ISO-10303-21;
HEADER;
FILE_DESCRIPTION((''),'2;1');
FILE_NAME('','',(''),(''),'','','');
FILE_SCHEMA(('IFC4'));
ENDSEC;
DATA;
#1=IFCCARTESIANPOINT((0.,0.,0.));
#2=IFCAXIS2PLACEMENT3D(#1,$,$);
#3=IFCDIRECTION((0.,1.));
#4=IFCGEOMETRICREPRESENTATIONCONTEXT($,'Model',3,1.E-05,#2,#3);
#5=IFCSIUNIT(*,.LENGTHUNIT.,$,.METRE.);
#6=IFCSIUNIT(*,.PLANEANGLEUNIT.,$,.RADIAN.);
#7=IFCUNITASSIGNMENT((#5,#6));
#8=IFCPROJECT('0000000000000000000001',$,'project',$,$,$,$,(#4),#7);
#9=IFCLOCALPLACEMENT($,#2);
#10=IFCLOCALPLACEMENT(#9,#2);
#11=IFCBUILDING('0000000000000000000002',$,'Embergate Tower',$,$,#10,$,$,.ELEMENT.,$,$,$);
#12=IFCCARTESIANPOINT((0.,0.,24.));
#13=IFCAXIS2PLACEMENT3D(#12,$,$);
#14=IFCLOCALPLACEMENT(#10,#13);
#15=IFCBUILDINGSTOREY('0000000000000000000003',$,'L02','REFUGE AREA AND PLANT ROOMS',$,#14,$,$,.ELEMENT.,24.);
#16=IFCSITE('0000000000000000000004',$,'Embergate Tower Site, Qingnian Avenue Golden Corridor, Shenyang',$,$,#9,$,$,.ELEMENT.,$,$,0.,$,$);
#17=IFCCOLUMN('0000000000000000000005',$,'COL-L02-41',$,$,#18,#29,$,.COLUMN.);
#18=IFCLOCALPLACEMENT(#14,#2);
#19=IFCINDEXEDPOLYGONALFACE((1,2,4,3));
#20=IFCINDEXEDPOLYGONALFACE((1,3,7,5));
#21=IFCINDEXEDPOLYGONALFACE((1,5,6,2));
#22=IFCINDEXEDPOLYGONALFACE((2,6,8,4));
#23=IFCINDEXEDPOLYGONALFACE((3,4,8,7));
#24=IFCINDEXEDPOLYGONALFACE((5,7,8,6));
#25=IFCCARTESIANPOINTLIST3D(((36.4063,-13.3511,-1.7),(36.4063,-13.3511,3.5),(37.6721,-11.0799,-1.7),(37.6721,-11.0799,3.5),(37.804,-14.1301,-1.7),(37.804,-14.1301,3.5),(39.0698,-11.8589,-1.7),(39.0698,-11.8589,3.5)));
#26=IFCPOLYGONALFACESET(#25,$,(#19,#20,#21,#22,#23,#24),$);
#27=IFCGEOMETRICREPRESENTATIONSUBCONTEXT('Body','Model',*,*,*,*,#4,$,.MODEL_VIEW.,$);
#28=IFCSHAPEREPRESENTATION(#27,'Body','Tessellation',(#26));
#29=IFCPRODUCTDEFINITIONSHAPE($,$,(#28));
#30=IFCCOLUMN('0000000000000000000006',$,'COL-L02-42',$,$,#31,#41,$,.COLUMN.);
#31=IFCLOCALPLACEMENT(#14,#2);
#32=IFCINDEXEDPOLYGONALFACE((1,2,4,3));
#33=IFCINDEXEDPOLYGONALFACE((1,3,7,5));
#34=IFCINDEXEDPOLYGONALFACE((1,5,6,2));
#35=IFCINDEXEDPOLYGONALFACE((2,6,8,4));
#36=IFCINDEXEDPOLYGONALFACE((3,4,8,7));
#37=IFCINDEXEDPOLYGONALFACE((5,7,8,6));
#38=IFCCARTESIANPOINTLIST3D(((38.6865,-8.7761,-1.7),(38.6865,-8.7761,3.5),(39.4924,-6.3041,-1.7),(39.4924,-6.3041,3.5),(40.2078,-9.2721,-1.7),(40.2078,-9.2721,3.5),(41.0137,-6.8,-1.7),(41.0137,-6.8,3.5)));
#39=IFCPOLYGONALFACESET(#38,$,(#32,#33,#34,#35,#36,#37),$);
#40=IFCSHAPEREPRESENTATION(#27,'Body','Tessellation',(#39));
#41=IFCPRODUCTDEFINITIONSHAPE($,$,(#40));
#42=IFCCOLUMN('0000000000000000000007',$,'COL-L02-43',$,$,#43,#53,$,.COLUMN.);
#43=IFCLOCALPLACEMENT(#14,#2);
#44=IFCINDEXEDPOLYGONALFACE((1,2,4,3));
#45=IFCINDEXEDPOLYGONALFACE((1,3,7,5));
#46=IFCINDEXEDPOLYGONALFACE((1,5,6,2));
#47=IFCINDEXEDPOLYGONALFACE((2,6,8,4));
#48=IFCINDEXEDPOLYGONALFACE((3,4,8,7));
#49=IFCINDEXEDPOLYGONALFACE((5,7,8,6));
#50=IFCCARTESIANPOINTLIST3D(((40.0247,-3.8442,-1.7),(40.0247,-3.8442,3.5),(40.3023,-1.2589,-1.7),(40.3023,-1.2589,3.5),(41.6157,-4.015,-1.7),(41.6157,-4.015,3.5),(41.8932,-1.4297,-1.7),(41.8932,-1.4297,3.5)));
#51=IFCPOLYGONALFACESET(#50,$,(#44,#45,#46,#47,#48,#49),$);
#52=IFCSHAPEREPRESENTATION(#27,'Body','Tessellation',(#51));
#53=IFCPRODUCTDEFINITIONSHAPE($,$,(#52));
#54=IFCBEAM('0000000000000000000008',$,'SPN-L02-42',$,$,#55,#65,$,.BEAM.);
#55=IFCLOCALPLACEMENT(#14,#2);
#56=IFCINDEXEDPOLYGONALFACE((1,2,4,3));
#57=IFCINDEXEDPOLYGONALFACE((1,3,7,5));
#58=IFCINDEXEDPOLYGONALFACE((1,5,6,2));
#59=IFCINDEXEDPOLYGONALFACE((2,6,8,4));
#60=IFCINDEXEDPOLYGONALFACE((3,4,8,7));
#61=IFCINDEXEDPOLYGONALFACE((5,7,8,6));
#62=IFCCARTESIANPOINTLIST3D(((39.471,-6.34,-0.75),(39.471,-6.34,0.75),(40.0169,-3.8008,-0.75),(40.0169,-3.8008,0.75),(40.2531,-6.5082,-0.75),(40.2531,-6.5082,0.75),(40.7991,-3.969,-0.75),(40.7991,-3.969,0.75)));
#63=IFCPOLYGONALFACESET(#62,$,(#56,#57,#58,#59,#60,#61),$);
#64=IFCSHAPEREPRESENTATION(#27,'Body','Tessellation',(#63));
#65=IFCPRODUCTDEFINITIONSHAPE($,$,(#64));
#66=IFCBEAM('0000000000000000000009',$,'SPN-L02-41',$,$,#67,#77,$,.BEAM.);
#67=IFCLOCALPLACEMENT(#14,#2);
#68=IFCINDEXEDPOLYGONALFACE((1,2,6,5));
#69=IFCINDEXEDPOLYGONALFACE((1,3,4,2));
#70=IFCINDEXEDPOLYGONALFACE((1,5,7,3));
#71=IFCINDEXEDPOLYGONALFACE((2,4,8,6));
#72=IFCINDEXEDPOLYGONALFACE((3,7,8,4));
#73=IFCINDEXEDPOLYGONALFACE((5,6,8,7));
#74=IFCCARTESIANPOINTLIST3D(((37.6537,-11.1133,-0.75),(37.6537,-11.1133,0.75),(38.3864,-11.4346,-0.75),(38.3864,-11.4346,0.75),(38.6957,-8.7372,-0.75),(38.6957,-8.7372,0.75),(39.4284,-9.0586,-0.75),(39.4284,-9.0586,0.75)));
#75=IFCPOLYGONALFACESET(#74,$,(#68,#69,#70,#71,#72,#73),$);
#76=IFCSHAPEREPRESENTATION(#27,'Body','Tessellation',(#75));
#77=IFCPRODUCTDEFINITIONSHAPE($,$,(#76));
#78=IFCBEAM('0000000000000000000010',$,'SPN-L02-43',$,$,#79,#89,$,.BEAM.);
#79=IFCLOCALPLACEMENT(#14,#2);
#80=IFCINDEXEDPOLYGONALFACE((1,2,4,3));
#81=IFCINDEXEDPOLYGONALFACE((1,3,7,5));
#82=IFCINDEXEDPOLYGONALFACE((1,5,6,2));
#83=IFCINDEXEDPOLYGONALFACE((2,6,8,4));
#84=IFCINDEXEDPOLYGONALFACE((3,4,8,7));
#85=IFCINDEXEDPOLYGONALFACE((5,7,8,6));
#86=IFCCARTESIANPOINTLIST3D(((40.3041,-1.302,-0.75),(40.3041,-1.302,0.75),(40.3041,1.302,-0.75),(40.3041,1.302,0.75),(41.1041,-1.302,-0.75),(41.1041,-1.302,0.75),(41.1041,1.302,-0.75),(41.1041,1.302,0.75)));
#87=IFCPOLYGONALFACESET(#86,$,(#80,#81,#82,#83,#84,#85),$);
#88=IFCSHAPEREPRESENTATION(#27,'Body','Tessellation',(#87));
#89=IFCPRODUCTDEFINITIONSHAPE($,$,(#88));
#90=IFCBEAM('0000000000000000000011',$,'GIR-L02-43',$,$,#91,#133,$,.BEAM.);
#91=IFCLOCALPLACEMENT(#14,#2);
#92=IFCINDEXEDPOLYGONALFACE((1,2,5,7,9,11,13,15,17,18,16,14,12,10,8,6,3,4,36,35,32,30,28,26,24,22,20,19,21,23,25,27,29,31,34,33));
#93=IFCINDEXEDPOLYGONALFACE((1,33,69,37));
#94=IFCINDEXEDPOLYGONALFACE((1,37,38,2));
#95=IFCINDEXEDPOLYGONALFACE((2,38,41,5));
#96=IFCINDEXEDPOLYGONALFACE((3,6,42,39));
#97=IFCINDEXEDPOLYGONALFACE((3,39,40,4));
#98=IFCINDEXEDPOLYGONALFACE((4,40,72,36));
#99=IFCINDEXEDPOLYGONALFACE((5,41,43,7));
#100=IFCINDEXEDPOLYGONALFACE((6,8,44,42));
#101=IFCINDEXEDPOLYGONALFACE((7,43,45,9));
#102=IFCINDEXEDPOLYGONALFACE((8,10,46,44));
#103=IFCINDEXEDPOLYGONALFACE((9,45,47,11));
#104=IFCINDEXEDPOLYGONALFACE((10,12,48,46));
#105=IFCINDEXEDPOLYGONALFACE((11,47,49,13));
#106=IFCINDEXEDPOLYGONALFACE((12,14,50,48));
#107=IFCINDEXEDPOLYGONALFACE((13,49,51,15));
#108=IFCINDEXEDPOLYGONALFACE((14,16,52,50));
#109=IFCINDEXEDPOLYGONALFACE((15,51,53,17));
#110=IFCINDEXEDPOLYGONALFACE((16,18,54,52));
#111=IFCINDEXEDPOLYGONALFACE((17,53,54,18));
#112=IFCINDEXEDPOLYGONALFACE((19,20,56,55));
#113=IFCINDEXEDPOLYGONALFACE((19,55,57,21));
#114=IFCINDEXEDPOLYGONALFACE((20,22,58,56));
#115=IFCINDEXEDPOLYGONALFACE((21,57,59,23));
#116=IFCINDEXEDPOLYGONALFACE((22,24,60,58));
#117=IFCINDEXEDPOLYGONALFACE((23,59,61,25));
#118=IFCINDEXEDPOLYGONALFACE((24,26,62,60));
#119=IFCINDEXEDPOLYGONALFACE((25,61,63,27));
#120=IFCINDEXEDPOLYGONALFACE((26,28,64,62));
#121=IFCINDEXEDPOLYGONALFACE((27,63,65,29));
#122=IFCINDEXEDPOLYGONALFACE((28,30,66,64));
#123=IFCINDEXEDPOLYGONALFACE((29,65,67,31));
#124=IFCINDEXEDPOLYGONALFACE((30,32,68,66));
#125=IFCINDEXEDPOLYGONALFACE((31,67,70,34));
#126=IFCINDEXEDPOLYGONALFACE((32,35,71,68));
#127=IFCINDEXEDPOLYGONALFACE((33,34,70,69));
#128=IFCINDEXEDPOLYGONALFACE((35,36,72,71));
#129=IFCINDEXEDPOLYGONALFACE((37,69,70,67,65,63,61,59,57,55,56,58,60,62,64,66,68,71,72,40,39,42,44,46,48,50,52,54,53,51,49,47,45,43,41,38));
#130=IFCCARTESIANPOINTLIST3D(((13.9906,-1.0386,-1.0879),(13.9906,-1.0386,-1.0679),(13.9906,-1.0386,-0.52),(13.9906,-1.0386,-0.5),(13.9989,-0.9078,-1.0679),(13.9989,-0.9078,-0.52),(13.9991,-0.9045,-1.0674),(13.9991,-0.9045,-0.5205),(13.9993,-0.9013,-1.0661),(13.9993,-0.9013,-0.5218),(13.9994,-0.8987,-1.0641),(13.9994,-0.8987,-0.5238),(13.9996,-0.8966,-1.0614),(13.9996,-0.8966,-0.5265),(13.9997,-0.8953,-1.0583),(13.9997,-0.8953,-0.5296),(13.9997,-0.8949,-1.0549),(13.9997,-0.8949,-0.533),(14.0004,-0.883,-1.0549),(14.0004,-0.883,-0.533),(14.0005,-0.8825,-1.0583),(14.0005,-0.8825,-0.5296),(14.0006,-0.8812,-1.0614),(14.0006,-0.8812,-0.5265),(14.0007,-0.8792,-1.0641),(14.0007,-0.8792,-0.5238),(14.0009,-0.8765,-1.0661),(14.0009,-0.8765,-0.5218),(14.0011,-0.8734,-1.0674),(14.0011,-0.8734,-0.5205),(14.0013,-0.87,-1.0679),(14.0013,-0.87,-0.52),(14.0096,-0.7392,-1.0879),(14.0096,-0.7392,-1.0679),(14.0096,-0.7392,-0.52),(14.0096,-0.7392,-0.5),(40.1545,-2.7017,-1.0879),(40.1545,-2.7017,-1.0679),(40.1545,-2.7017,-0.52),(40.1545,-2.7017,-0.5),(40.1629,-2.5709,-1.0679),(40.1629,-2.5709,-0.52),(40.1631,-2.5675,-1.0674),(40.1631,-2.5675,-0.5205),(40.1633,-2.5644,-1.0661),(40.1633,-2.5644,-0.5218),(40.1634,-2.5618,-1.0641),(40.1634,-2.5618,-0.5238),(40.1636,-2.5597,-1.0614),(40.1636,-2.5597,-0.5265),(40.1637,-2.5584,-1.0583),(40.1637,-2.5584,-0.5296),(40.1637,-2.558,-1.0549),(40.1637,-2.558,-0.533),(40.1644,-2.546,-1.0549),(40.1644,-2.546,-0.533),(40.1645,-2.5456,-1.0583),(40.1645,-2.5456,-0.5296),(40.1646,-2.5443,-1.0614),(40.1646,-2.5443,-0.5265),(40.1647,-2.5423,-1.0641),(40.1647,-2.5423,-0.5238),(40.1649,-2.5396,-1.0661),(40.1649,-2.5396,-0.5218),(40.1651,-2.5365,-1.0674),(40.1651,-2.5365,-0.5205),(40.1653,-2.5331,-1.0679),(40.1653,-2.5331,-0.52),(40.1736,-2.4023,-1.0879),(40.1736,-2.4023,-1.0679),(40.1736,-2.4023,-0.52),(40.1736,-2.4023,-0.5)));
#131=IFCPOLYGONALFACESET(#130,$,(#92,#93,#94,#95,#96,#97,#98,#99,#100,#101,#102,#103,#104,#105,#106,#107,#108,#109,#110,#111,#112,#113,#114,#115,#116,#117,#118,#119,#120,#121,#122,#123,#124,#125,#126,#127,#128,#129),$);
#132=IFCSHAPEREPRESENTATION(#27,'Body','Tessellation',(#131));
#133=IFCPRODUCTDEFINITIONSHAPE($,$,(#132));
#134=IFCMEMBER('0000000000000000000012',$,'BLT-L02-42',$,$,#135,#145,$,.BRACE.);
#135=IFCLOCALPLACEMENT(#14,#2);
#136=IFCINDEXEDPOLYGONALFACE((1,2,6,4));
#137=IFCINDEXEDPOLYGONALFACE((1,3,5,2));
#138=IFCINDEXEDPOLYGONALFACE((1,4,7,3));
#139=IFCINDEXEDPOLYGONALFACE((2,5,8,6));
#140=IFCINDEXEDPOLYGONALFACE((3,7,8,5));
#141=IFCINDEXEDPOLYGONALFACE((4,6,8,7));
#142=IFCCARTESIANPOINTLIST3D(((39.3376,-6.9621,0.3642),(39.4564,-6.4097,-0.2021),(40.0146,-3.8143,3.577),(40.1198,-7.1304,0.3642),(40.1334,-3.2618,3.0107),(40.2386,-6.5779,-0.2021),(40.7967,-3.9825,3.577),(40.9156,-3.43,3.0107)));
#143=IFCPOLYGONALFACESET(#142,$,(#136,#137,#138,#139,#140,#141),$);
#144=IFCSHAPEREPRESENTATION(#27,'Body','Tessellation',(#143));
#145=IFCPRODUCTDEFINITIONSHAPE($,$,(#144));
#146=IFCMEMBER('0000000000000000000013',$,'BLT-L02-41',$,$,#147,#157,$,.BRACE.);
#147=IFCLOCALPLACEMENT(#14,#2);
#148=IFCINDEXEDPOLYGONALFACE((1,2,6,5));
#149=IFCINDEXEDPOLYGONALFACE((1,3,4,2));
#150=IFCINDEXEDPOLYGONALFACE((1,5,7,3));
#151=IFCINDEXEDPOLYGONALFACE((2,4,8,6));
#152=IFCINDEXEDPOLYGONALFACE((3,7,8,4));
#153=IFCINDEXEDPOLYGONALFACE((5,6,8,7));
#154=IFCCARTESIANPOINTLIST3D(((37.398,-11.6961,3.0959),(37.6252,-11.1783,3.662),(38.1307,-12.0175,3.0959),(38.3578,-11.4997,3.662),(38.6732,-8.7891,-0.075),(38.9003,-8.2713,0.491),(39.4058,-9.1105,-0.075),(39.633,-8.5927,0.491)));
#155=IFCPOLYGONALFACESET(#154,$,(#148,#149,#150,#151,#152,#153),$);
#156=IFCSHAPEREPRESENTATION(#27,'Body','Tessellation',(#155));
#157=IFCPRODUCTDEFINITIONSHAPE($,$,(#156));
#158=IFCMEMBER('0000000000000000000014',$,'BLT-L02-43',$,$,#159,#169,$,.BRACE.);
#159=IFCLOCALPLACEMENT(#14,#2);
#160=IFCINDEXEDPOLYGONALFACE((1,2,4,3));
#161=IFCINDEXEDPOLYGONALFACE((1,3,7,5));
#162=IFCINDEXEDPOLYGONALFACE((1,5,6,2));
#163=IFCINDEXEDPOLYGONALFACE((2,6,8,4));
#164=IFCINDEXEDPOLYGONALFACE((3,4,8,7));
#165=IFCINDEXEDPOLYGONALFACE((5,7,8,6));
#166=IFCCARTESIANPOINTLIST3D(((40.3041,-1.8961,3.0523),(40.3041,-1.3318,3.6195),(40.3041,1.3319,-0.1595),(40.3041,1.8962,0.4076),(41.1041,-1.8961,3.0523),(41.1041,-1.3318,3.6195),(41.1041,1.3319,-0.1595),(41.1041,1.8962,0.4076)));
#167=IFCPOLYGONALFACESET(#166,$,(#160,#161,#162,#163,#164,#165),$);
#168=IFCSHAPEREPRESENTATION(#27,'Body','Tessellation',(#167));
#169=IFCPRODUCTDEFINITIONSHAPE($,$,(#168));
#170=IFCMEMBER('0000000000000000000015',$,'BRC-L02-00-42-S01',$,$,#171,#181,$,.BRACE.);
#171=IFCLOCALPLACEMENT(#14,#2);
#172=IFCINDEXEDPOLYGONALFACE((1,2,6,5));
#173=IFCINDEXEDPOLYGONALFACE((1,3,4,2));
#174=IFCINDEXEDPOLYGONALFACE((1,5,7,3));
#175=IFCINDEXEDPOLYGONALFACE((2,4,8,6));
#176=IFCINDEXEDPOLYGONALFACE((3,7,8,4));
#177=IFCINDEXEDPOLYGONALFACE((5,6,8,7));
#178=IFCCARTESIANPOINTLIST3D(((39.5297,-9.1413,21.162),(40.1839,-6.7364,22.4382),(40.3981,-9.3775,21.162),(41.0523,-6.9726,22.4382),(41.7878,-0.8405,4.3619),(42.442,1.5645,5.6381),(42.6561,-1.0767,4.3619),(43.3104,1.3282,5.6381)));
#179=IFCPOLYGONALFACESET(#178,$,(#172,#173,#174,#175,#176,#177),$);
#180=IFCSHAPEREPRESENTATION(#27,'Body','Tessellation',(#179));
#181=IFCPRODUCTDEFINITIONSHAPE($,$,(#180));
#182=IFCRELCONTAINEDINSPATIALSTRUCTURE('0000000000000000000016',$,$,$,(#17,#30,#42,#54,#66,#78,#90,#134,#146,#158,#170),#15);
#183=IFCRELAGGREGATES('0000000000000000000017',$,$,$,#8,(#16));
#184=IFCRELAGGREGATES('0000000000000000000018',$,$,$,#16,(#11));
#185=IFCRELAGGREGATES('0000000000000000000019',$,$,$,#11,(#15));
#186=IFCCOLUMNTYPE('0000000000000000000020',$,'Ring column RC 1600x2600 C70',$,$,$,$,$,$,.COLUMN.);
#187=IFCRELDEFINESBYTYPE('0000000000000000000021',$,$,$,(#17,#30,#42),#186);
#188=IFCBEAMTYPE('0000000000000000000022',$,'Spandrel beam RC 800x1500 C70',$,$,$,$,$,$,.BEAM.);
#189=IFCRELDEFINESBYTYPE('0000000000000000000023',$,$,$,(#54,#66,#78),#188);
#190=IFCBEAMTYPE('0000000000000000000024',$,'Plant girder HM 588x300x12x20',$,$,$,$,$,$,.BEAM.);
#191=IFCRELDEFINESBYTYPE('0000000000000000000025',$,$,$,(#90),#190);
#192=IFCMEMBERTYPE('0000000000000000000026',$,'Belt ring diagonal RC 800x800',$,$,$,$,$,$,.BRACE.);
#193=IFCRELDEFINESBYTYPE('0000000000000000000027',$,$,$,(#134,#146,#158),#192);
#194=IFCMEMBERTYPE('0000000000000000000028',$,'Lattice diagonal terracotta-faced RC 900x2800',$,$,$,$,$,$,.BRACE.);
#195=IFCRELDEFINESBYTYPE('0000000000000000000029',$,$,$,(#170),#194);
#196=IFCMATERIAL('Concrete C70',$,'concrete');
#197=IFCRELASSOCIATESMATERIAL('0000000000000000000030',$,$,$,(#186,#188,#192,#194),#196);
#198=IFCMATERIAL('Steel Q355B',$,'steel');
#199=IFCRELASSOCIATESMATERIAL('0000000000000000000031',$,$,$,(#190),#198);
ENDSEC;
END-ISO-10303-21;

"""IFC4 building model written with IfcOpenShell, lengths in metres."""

from ifc_helpers import new_model, si_unit, direction, frame, origin, origin_2d, place, context, subcontext, project, spatial, rectangle, i_section, extrude, source, transform, mapped, material, material_profile, profile_set, type_object, element, save


model = new_model("IFC4")

# Units and contexts
model_context = context("Model", 3, precision=1e-05, world=origin(), true_north=direction((0.0, 1.0)))
body_context = subcontext(model_context, "Body", "Model", "MODEL_VIEW")
ifc_project = project(units=[si_unit("LENGTHUNIT", "METRE"), si_unit("PLANEANGLEUNIT", "RADIAN")], contexts=[model_context])

# Site, building, storey
site_placement = place(None, origin())
site = spatial("IfcSite", under=ifc_project, at=site_placement, Name="Embergate Tower Site, Qingnian Avenue Golden Corridor, Shenyang", CompositionType="ELEMENT", RefElevation=0.0)
building_placement = place(site_placement, origin())
building = spatial("IfcBuilding", under=site, at=building_placement, Name="Embergate Tower", CompositionType="ELEMENT")
storey_placement = place(building_placement, frame((0.0, 0.0, 24.0)))
storey = spatial("IfcBuildingStorey", under=building, at=storey_placement, Name="L02", Description="REFUGE AREA AND PLANT ROOMS", CompositionType="ELEMENT", Elevation=24.0)

# Columns
ifc_material_1 = material(Name="Concrete C70", Category="concrete")
ifc_material_profile_1 = material_profile(ifc_material_1, rectangle(XDim=1.6001, YDim=2.6001, at=origin_2d()), Name="RC 1600x2600")
ifc_profile_set_1 = profile_set([ifc_material_profile_1], Name="Concrete C70")
column_type = type_object("IfcColumnType", Name="Ring column RC 1600x2600 C70", PredefinedType="COLUMN", material=ifc_profile_set_1)
shared_shape_1 = source(origin(), body_context, "Body", "SweptSolid", [
    extrude(rectangle(XDim=1.6001, YDim=2.6001, at=origin_2d()), origin(), (0.0, 0.0, 1.0), 5.2),
])
for number, where, z_axis, x_axis, name in (
    (1, (37.738, -12.605, -1.7), (0.0, 0.0, 1.0), (0.873492, -0.486839, 0.0), "COL-L02-41"),
    (2, (39.8501, -7.7881, -1.7), (0.0, 0.0, 1.0), (0.950754, -0.309946, 0.0), "COL-L02-42"),
    (3, (40.959, -2.637, -1.7), (0.0, 0.0, 1.0), (0.994286, -0.10675, 0.0), "COL-L02-43"),
):
    element("IfcColumn", number, at=place(storey_placement, frame(where, z_axis=z_axis, x_axis=x_axis)), inside=storey, type_object=column_type, Name=name, PredefinedType="COLUMN", context=body_context, shape_type="MappedRepresentation", body=[
        mapped(shared_shape_1, transform((0.0, 0.0, 0.0))),
    ])

# Beams
ifc_material_profile_2 = material_profile(ifc_material_1, rectangle(XDim=0.8, YDim=1.5, at=origin_2d()), Name="RC 800x1500")
ifc_profile_set_2 = profile_set([ifc_material_profile_2], Name="Concrete C70")
beam_type_1 = type_object("IfcBeamType", Name="Spandrel beam RC 800x1500 C70", PredefinedType="BEAM", material=ifc_profile_set_2)
shared_shape_2 = source(origin(), body_context, "Body", "SweptSolid", [
    extrude(rectangle(XDim=0.8, YDim=1.5, at=origin_2d()), origin(), (0.0, 0.0, 1.0), 2.5972),
])
beam_1_placement = place(storey_placement, frame((39.8621, -6.4241, 0.0), z_axis=(0.210197, 0.977659, 0.0), x_axis=(-0.977659, 0.210197, 0.0)))
element("IfcBeam", 4, at=beam_1_placement, inside=storey, type_object=beam_type_1, Name="SPN-L02-42", PredefinedType="BEAM", context=body_context, shape_type="MappedRepresentation", body=[
    mapped(shared_shape_2, transform((0.0, 0.0, 0.0))),
])
shared_shape_3 = source(origin(), body_context, "Body", "SweptSolid", [
    extrude(rectangle(XDim=0.8, YDim=1.5, at=origin_2d()), origin(), (0.0, 0.0, 1.0), 2.5945),
])
beam_2_placement = place(storey_placement, frame((38.02, -11.2739, 0.0), z_axis=(0.401628, 0.915803, 0.0), x_axis=(-0.915803, 0.401628, 0.0)))
element("IfcBeam", 5, at=beam_2_placement, inside=storey, type_object=beam_type_1, Name="SPN-L02-41", PredefinedType="BEAM", context=body_context, shape_type="MappedRepresentation", body=[
    mapped(shared_shape_3, transform((0.0, 0.0, 0.0))),
])
shared_shape_4 = source(origin(), body_context, "Body", "SweptSolid", [
    extrude(rectangle(XDim=0.8, YDim=1.5, at=origin_2d()), origin(), (0.0, 0.0, 1.0), 2.604),
])
beam_3_placement = place(storey_placement, frame((40.7041, -1.302, 0.0), z_axis=(0.0, 1.0, 0.0), x_axis=(-1.0, 0.0, 0.0)))
element("IfcBeam", 6, at=beam_3_placement, inside=storey, type_object=beam_type_1, Name="SPN-L02-43", PredefinedType="BEAM", context=body_context, shape_type="MappedRepresentation", body=[
    mapped(shared_shape_4, transform((0.0, 0.0, 0.0))),
])
ifc_material_2 = material(Name="Steel Q355B", Category="steel")
ifc_material_profile_3 = material_profile(ifc_material_2, i_section(OverallWidth=0.3, OverallDepth=0.5879, WebThickness=0.012, FlangeThickness=0.02, FilletRadius=0.0129, at=origin_2d()), Name="HM 588x300x12x20")
ifc_profile_set_3 = profile_set([ifc_material_profile_3], Name="Steel Q355 grade B")
beam_type_2 = type_object("IfcBeamType", Name="Plant girder HM 588x300x12x20", PredefinedType="BEAM", material=ifc_profile_set_3)
shared_shape_5 = source(origin(), body_context, "Body", "SweptSolid", [
    extrude(i_section(OverallWidth=0.3, OverallDepth=0.5879, WebThickness=0.012, FlangeThickness=0.02, FilletRadius=0.0129, at=origin_2d()), origin(), (0.0, 0.0, 1.0), 26.2168),
])
beam_4_placement = place(storey_placement, frame((40.1641, -2.552, -0.7939), z_axis=(-0.997986, 0.063436, 0.0), x_axis=(-0.063436, -0.997986, 0.0)))
element("IfcBeam", 7, at=beam_4_placement, inside=storey, type_object=beam_type_2, Name="GIR-L02-43", PredefinedType="BEAM", context=body_context, shape_type="MappedRepresentation", body=[
    mapped(shared_shape_5, transform((0.0, 0.0, 0.0))),
])

# Members
ifc_material_profile_4 = material_profile(ifc_material_1, rectangle(XDim=0.8, YDim=0.8, at=origin_2d()), Name="RC 800x800")
ifc_profile_set_4 = profile_set([ifc_material_profile_4], Name="Concrete C70")
member_type_1 = type_object("IfcMemberType", Name="Belt ring diagonal RC 800x800", PredefinedType="BRACE", material=ifc_profile_set_4)
shared_shape_6 = source(origin(), body_context, "Body", "SweptSolid", [
    extrude(rectangle(XDim=0.8, YDim=0.8, at=origin_2d()), origin(), (0.0, 0.0, 1.0), 4.5486),
])
member_1_placement = place(storey_placement, frame((39.7881, -6.77, 0.0811), z_axis=(0.148834, 0.692056, 0.706333), x_axis=(-0.977647, 0.210254, 0.0)))
element("IfcMember", 8, at=member_1_placement, inside=storey, type_object=member_type_1, Name="BLT-L02-42", PredefinedType="BRACE", context=body_context, shape_type="MappedRepresentation", body=[
    mapped(shared_shape_6, transform((0.0, 0.0, 0.0))),
])
shared_shape_7 = source(origin(), body_context, "Body", "SweptSolid", [
    extrude(rectangle(XDim=0.8, YDim=0.8, at=origin_2d()), origin(), (0.0, 0.0, 1.0), 4.4868),
])
member_2_placement = place(storey_placement, frame((39.1531, -8.6909, 0.208), z_axis=(-0.284201, -0.6479, 0.706721), x_axis=(0.91577, -0.401702, 0.0)))
element("IfcMember", 9, at=member_2_placement, inside=storey, type_object=member_type_1, Name="BLT-L02-41", PredefinedType="BRACE", context=body_context, shape_type="MappedRepresentation", body=[
    mapped(shared_shape_7, transform((0.0, 0.0, 0.0))),
])
shared_shape_8 = source(origin(), body_context, "Body", "SweptSolid", [
    extrude(rectangle(XDim=0.8, YDim=0.8, at=origin_2d()), origin(), (0.0, 0.0, 1.0), 4.5537),
])
member_3_placement = place(storey_placement, frame((40.7041, 1.614, 0.124), z_axis=(0.0, -0.708874, 0.705335), x_axis=(1.0, 0.0, 0.0)))
element("IfcMember", 10, at=member_3_placement, inside=storey, type_object=member_type_1, Name="BLT-L02-43", PredefinedType="BRACE", context=body_context, shape_type="MappedRepresentation", body=[
    mapped(shared_shape_8, transform((0.0, 0.0, 0.0))),
])
ifc_material_profile_5 = material_profile(ifc_material_1, rectangle(XDim=0.8999, YDim=2.8, at=origin_2d()), Name="RC 900x2800")
ifc_profile_set_5 = profile_set([ifc_material_profile_5], Name="Concrete C70")
member_type_2 = type_object("IfcMemberType", Name="Lattice diagonal terracotta-faced RC 900x2800", PredefinedType="BRACE", material=ifc_profile_set_5)
shared_shape_9 = source(origin(), body_context, "Body", "SweptSolid", [
    extrude(rectangle(XDim=0.8999, YDim=2.8, at=origin_2d()), origin(), (0.0, 0.0, 1.0), 18.8745),
])
member_4_placement = place(storey_placement, frame((42.5491, 0.2439, 5.0), z_axis=(-0.119636, -0.43979, 0.890097), x_axis=(0.964935, -0.262491, 0.0)))
element("IfcMember", 11, at=member_4_placement, inside=storey, type_object=member_type_2, Name="BRC-L02-00-42-S01", PredefinedType="BRACE", context=body_context, shape_type="MappedRepresentation", body=[
    mapped(shared_shape_9, transform((0.0, 0.0, 0.0))),
])

save(model, "model.ifc")
